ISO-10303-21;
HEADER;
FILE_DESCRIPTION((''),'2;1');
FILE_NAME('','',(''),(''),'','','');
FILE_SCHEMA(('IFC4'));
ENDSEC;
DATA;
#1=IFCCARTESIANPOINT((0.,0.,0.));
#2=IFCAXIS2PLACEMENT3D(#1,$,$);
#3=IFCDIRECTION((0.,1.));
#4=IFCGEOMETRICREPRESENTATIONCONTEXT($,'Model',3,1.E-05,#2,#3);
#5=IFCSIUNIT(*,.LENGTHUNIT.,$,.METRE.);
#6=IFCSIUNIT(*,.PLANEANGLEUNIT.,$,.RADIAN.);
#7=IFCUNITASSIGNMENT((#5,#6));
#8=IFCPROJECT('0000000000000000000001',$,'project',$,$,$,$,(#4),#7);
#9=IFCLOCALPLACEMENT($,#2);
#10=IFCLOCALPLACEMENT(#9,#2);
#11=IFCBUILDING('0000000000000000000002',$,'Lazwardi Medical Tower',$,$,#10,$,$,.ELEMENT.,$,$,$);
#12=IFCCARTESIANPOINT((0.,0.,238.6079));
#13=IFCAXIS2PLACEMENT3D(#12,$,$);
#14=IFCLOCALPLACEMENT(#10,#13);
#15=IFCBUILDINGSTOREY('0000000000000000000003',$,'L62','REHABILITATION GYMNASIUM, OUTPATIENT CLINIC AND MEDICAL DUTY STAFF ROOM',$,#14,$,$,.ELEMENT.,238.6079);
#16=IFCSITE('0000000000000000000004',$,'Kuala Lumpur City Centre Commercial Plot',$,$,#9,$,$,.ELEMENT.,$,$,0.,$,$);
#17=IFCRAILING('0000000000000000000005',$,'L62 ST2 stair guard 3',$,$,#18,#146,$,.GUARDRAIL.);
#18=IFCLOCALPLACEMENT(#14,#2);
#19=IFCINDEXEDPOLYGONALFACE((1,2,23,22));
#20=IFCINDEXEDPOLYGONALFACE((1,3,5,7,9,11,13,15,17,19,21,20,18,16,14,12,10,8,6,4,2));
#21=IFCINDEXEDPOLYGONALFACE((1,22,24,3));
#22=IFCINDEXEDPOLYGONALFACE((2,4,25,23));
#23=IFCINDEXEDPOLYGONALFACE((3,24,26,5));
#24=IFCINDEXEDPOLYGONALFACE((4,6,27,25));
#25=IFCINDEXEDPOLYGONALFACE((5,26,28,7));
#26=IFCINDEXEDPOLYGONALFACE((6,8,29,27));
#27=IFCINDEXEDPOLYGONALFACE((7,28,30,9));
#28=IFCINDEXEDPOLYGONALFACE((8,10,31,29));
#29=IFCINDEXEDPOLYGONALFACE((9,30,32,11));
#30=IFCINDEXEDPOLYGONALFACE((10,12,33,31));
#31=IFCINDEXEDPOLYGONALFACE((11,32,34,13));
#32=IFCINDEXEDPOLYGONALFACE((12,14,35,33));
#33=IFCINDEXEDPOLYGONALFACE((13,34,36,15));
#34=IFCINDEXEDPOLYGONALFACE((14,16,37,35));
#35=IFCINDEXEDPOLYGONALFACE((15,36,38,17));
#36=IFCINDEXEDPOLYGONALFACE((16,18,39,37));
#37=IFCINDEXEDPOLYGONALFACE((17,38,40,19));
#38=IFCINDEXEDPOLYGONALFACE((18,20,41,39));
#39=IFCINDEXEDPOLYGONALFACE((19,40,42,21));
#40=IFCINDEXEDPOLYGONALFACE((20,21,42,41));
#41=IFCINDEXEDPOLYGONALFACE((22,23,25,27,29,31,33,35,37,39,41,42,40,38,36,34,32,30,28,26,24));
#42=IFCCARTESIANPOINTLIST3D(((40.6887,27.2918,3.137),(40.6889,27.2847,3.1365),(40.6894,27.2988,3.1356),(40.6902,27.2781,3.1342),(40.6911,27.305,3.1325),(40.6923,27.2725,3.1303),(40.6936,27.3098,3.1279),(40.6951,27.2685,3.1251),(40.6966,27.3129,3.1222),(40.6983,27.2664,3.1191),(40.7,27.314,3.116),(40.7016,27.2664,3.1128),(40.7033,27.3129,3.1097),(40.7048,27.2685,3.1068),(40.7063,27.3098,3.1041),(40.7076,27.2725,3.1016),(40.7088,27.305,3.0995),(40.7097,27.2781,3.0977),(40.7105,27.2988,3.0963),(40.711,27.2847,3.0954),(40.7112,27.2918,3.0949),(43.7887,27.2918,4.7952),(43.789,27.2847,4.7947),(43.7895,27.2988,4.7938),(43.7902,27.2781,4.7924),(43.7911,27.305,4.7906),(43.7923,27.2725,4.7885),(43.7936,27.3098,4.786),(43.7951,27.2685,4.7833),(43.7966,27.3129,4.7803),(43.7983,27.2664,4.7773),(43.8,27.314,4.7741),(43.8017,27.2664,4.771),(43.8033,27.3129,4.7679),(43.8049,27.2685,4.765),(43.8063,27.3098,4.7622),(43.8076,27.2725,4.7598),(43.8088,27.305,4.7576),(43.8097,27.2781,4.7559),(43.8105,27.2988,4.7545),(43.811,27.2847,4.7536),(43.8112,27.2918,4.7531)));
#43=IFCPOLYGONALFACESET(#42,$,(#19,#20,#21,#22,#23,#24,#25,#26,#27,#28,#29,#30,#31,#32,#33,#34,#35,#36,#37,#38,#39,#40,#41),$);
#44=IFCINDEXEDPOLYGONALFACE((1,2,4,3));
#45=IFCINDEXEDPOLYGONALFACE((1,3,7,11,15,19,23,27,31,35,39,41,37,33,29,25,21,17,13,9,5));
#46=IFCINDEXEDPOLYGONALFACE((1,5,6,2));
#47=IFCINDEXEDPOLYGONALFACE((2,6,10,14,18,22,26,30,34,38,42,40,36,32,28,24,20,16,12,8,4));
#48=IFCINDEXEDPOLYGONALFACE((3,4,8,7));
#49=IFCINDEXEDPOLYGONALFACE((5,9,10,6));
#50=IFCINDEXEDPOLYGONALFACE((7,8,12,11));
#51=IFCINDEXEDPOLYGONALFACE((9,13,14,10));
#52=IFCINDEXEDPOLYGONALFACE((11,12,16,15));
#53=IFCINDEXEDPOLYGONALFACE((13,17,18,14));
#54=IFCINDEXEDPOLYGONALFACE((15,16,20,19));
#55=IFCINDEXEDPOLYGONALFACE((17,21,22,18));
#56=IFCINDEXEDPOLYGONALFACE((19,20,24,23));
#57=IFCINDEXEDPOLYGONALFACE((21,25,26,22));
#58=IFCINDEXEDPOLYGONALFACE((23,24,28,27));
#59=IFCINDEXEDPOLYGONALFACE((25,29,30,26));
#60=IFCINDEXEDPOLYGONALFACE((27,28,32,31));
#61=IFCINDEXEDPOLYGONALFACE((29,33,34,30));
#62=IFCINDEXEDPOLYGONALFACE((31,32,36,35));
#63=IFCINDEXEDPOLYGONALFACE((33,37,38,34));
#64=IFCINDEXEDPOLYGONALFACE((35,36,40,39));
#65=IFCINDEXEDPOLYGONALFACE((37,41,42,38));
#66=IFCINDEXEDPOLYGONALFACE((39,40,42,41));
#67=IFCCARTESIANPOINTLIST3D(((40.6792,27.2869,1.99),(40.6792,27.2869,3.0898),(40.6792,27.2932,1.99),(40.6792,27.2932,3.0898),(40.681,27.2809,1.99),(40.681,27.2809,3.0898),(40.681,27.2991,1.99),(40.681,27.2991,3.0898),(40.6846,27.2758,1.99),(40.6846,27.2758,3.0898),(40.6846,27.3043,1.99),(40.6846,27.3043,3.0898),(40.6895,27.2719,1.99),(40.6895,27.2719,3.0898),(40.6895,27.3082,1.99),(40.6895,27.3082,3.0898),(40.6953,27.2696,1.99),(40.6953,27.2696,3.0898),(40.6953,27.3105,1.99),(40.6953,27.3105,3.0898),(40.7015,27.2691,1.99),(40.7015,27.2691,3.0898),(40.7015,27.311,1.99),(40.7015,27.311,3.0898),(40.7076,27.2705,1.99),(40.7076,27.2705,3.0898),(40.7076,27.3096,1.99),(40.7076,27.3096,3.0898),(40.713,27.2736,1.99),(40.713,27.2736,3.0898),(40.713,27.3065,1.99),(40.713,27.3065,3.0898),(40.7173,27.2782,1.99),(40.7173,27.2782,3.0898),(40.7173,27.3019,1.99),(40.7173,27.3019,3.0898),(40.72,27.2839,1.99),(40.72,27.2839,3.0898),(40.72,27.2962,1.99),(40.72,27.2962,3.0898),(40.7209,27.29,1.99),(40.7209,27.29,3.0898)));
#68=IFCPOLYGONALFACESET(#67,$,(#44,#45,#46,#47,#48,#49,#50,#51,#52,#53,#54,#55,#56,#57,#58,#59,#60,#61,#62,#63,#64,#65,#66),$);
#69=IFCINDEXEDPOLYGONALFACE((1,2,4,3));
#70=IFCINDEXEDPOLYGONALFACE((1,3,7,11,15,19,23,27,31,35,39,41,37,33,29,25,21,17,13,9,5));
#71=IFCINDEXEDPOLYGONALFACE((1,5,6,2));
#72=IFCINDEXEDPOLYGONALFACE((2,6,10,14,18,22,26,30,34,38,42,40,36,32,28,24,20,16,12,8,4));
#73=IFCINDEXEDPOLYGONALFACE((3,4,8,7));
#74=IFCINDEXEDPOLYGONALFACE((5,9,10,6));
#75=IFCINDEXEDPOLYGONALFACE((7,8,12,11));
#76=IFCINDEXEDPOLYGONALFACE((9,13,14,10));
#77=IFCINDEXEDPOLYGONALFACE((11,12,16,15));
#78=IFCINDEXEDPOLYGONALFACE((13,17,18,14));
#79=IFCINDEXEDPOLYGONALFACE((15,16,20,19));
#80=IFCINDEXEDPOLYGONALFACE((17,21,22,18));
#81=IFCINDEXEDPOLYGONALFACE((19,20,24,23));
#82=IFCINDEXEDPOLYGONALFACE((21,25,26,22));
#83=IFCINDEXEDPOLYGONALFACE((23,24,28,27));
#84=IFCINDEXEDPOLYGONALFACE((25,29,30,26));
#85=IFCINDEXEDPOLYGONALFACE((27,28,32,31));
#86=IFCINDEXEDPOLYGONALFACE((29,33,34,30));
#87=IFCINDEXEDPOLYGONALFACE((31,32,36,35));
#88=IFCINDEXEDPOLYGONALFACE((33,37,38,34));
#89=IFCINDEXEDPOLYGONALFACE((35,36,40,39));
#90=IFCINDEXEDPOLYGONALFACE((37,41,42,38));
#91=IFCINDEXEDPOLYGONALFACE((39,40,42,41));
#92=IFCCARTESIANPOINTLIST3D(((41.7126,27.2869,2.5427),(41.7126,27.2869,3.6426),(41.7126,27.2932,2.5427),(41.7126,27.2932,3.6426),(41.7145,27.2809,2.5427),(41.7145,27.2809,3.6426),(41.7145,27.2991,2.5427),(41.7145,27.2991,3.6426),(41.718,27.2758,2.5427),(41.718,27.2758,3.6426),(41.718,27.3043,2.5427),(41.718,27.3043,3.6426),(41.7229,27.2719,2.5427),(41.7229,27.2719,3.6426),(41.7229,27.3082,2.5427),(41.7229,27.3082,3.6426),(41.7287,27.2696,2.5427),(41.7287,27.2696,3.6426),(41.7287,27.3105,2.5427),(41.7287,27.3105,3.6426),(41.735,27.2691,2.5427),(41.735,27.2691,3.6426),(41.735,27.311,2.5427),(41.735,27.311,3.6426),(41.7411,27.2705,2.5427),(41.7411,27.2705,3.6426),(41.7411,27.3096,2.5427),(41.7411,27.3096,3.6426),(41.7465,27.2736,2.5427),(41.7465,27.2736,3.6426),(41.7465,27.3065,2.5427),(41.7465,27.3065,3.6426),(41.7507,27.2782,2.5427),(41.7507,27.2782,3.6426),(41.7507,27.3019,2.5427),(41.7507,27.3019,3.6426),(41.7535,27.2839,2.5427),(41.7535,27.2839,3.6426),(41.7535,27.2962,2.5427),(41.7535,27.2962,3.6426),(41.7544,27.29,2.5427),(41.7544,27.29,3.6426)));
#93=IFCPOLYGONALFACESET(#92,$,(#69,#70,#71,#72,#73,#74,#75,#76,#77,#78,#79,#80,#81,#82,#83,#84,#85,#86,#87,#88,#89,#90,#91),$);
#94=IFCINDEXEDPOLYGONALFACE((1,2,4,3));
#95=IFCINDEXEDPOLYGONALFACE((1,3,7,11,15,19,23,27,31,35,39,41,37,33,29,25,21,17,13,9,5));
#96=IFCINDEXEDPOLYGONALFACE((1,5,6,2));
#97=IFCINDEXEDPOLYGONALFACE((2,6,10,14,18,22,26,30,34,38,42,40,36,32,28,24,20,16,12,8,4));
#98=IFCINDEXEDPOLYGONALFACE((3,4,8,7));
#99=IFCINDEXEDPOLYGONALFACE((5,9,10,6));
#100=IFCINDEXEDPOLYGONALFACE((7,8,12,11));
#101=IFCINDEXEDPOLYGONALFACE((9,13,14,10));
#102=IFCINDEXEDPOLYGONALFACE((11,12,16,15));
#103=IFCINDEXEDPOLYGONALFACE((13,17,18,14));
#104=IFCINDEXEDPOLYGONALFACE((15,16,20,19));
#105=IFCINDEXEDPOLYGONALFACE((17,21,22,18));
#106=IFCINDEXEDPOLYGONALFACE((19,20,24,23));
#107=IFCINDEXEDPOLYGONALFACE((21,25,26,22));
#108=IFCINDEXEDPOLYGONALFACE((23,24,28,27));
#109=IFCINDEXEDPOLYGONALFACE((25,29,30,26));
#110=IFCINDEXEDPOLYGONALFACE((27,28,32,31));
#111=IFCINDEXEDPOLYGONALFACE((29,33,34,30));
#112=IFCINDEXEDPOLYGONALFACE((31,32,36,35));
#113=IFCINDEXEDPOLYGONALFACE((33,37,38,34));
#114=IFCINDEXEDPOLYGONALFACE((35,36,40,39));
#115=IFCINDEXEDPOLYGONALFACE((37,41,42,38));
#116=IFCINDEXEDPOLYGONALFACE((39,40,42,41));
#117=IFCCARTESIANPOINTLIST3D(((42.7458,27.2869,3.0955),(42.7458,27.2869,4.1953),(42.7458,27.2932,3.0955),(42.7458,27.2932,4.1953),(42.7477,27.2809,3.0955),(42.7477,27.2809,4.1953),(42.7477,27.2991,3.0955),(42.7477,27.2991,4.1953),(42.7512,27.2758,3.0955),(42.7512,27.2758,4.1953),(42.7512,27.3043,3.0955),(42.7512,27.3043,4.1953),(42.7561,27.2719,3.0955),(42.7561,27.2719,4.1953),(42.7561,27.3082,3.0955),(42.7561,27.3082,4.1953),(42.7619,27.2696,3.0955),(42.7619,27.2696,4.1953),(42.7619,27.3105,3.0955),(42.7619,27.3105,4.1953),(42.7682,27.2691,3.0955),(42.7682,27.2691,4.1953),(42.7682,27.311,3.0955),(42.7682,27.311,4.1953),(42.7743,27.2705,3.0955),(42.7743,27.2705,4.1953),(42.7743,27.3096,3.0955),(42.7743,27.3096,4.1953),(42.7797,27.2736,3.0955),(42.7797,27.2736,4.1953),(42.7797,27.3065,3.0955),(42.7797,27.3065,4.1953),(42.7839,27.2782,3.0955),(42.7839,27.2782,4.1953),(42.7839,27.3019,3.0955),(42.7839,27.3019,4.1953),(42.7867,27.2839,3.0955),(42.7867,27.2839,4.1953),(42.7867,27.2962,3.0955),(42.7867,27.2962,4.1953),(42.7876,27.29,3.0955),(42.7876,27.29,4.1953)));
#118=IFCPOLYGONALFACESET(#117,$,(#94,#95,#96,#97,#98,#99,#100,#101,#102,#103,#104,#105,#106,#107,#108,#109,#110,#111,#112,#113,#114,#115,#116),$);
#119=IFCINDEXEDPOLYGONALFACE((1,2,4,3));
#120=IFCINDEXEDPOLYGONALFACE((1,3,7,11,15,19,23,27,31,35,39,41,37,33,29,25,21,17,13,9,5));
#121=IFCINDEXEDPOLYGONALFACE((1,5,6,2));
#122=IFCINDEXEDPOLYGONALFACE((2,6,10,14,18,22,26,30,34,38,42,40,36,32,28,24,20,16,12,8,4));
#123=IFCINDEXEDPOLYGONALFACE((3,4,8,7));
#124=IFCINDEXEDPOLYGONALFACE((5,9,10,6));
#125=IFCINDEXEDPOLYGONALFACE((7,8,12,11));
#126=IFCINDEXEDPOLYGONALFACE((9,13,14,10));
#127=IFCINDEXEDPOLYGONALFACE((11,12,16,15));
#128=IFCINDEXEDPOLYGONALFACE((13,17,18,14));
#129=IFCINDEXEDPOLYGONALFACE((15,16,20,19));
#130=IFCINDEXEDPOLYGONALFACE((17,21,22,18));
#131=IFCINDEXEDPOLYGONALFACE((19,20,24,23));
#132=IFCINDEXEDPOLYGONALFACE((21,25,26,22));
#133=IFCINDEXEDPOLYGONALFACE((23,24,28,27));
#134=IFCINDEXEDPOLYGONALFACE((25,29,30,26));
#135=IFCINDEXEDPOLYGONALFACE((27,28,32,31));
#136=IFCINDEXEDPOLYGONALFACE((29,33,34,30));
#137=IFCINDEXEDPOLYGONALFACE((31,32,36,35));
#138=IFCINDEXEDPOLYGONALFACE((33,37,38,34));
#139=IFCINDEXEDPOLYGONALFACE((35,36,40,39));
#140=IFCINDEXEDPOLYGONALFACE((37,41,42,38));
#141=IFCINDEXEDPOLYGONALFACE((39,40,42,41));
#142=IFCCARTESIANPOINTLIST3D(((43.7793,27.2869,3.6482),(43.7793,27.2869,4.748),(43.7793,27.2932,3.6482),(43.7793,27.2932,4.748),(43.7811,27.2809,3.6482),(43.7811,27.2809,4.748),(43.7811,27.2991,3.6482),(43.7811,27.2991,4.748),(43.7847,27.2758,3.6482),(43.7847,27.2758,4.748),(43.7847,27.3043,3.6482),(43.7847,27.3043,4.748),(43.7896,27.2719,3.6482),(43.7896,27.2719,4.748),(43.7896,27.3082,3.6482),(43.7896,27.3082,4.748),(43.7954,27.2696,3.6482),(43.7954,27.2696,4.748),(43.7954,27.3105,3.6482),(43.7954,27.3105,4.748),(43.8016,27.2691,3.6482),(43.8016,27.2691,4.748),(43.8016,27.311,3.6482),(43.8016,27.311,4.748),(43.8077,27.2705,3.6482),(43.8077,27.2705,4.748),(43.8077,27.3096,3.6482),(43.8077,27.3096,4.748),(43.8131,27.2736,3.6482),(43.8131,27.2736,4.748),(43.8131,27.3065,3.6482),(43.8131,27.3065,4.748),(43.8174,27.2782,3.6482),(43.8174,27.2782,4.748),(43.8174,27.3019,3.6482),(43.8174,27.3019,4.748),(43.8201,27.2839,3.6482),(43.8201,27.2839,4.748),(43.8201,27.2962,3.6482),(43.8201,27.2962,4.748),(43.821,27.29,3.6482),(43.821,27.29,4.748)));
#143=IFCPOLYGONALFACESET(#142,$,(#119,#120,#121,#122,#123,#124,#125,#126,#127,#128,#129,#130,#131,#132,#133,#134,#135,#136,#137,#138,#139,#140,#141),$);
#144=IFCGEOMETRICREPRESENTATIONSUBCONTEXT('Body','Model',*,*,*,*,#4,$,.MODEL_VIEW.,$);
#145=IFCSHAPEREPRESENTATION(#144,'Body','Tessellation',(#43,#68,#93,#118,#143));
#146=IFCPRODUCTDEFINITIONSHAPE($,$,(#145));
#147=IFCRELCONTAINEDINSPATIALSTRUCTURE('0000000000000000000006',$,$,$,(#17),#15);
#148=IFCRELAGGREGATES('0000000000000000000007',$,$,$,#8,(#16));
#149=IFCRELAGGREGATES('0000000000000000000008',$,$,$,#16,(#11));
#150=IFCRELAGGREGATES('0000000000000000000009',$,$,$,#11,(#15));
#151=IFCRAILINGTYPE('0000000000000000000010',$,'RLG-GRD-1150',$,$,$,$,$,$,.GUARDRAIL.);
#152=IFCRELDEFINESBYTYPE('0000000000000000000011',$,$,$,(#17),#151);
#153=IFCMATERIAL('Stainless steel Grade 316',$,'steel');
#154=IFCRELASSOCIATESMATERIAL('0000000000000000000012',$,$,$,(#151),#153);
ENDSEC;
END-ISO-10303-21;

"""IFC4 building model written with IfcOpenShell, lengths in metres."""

from ifc_helpers import new_model, si_unit, direction, frame, origin, origin_2d, place, context, subcontext, project, spatial, circle, extrude, material, type_object, element, save


model = new_model("IFC4")

# Units and contexts
model_context = context("Model", 3, precision=1e-05, world=origin(), true_north=direction((0.0, 1.0)))
body_context = subcontext(model_context, "Body", "Model", "MODEL_VIEW")
ifc_project = project(units=[si_unit("LENGTHUNIT", "METRE"), si_unit("PLANEANGLEUNIT", "RADIAN")], contexts=[model_context])

# Site, building, storey
site_placement = place(None, origin())
site = spatial("IfcSite", under=ifc_project, at=site_placement, Name="Kuala Lumpur City Centre Commercial Plot", CompositionType="ELEMENT", RefElevation=0.0)
building_placement = place(site_placement, origin())
building = spatial("IfcBuilding", under=site, at=building_placement, Name="Lazwardi Medical Tower", CompositionType="ELEMENT")
storey_placement = place(building_placement, frame((0.0, 0.0, 238.6079)))
storey = spatial("IfcBuildingStorey", under=building, at=storey_placement, Name="L62", Description="REHABILITATION GYMNASIUM, OUTPATIENT CLINIC AND MEDICAL DUTY STAFF ROOM", CompositionType="ELEMENT", Elevation=238.6079)

# Railing
ifc_material_1 = material(Name="Stainless steel Grade 316", Category="steel")
railing_type_1 = type_object("IfcRailingType", Name="RLG-GRD-1150", PredefinedType="GUARDRAIL", material=ifc_material_1)
railing_1_placement = place(storey_placement, frame((40.7, 27.29, 1.99)))
element("IfcRailing", 1, at=railing_1_placement, inside=storey, type_object=railing_type_1, Name="L62 ST2 stair guard 3", PredefinedType="GUARDRAIL", context=body_context, shape_type="SweptSolid", body=[
    extrude(circle(Radius=0.0239, at=origin_2d()), frame((0.0, 0.0, 1.126), z_axis=(0.881783, 0.0, 0.471655), x_axis=(0.0, 1.0, 0.0)), (0.0, 0.0, 1.0), 3.5156),
    extrude(circle(Radius=0.021, at=origin_2d()), origin(), (0.0, 0.0, 1.0), 1.0999),
    extrude(circle(Radius=0.021, at=origin_2d()), frame((1.0334, 0.0, 0.5527)), (0.0, 0.0, 1.0), 1.0999),
    extrude(circle(Radius=0.021, at=origin_2d()), frame((2.0667, 0.0, 1.1055)), (0.0, 0.0, 1.0), 1.0999),
    extrude(circle(Radius=0.021, at=origin_2d()), frame((3.1001, 0.0, 1.6582)), (0.0, 0.0, 1.0), 1.0999),
])

save(model, "model.ifc")
